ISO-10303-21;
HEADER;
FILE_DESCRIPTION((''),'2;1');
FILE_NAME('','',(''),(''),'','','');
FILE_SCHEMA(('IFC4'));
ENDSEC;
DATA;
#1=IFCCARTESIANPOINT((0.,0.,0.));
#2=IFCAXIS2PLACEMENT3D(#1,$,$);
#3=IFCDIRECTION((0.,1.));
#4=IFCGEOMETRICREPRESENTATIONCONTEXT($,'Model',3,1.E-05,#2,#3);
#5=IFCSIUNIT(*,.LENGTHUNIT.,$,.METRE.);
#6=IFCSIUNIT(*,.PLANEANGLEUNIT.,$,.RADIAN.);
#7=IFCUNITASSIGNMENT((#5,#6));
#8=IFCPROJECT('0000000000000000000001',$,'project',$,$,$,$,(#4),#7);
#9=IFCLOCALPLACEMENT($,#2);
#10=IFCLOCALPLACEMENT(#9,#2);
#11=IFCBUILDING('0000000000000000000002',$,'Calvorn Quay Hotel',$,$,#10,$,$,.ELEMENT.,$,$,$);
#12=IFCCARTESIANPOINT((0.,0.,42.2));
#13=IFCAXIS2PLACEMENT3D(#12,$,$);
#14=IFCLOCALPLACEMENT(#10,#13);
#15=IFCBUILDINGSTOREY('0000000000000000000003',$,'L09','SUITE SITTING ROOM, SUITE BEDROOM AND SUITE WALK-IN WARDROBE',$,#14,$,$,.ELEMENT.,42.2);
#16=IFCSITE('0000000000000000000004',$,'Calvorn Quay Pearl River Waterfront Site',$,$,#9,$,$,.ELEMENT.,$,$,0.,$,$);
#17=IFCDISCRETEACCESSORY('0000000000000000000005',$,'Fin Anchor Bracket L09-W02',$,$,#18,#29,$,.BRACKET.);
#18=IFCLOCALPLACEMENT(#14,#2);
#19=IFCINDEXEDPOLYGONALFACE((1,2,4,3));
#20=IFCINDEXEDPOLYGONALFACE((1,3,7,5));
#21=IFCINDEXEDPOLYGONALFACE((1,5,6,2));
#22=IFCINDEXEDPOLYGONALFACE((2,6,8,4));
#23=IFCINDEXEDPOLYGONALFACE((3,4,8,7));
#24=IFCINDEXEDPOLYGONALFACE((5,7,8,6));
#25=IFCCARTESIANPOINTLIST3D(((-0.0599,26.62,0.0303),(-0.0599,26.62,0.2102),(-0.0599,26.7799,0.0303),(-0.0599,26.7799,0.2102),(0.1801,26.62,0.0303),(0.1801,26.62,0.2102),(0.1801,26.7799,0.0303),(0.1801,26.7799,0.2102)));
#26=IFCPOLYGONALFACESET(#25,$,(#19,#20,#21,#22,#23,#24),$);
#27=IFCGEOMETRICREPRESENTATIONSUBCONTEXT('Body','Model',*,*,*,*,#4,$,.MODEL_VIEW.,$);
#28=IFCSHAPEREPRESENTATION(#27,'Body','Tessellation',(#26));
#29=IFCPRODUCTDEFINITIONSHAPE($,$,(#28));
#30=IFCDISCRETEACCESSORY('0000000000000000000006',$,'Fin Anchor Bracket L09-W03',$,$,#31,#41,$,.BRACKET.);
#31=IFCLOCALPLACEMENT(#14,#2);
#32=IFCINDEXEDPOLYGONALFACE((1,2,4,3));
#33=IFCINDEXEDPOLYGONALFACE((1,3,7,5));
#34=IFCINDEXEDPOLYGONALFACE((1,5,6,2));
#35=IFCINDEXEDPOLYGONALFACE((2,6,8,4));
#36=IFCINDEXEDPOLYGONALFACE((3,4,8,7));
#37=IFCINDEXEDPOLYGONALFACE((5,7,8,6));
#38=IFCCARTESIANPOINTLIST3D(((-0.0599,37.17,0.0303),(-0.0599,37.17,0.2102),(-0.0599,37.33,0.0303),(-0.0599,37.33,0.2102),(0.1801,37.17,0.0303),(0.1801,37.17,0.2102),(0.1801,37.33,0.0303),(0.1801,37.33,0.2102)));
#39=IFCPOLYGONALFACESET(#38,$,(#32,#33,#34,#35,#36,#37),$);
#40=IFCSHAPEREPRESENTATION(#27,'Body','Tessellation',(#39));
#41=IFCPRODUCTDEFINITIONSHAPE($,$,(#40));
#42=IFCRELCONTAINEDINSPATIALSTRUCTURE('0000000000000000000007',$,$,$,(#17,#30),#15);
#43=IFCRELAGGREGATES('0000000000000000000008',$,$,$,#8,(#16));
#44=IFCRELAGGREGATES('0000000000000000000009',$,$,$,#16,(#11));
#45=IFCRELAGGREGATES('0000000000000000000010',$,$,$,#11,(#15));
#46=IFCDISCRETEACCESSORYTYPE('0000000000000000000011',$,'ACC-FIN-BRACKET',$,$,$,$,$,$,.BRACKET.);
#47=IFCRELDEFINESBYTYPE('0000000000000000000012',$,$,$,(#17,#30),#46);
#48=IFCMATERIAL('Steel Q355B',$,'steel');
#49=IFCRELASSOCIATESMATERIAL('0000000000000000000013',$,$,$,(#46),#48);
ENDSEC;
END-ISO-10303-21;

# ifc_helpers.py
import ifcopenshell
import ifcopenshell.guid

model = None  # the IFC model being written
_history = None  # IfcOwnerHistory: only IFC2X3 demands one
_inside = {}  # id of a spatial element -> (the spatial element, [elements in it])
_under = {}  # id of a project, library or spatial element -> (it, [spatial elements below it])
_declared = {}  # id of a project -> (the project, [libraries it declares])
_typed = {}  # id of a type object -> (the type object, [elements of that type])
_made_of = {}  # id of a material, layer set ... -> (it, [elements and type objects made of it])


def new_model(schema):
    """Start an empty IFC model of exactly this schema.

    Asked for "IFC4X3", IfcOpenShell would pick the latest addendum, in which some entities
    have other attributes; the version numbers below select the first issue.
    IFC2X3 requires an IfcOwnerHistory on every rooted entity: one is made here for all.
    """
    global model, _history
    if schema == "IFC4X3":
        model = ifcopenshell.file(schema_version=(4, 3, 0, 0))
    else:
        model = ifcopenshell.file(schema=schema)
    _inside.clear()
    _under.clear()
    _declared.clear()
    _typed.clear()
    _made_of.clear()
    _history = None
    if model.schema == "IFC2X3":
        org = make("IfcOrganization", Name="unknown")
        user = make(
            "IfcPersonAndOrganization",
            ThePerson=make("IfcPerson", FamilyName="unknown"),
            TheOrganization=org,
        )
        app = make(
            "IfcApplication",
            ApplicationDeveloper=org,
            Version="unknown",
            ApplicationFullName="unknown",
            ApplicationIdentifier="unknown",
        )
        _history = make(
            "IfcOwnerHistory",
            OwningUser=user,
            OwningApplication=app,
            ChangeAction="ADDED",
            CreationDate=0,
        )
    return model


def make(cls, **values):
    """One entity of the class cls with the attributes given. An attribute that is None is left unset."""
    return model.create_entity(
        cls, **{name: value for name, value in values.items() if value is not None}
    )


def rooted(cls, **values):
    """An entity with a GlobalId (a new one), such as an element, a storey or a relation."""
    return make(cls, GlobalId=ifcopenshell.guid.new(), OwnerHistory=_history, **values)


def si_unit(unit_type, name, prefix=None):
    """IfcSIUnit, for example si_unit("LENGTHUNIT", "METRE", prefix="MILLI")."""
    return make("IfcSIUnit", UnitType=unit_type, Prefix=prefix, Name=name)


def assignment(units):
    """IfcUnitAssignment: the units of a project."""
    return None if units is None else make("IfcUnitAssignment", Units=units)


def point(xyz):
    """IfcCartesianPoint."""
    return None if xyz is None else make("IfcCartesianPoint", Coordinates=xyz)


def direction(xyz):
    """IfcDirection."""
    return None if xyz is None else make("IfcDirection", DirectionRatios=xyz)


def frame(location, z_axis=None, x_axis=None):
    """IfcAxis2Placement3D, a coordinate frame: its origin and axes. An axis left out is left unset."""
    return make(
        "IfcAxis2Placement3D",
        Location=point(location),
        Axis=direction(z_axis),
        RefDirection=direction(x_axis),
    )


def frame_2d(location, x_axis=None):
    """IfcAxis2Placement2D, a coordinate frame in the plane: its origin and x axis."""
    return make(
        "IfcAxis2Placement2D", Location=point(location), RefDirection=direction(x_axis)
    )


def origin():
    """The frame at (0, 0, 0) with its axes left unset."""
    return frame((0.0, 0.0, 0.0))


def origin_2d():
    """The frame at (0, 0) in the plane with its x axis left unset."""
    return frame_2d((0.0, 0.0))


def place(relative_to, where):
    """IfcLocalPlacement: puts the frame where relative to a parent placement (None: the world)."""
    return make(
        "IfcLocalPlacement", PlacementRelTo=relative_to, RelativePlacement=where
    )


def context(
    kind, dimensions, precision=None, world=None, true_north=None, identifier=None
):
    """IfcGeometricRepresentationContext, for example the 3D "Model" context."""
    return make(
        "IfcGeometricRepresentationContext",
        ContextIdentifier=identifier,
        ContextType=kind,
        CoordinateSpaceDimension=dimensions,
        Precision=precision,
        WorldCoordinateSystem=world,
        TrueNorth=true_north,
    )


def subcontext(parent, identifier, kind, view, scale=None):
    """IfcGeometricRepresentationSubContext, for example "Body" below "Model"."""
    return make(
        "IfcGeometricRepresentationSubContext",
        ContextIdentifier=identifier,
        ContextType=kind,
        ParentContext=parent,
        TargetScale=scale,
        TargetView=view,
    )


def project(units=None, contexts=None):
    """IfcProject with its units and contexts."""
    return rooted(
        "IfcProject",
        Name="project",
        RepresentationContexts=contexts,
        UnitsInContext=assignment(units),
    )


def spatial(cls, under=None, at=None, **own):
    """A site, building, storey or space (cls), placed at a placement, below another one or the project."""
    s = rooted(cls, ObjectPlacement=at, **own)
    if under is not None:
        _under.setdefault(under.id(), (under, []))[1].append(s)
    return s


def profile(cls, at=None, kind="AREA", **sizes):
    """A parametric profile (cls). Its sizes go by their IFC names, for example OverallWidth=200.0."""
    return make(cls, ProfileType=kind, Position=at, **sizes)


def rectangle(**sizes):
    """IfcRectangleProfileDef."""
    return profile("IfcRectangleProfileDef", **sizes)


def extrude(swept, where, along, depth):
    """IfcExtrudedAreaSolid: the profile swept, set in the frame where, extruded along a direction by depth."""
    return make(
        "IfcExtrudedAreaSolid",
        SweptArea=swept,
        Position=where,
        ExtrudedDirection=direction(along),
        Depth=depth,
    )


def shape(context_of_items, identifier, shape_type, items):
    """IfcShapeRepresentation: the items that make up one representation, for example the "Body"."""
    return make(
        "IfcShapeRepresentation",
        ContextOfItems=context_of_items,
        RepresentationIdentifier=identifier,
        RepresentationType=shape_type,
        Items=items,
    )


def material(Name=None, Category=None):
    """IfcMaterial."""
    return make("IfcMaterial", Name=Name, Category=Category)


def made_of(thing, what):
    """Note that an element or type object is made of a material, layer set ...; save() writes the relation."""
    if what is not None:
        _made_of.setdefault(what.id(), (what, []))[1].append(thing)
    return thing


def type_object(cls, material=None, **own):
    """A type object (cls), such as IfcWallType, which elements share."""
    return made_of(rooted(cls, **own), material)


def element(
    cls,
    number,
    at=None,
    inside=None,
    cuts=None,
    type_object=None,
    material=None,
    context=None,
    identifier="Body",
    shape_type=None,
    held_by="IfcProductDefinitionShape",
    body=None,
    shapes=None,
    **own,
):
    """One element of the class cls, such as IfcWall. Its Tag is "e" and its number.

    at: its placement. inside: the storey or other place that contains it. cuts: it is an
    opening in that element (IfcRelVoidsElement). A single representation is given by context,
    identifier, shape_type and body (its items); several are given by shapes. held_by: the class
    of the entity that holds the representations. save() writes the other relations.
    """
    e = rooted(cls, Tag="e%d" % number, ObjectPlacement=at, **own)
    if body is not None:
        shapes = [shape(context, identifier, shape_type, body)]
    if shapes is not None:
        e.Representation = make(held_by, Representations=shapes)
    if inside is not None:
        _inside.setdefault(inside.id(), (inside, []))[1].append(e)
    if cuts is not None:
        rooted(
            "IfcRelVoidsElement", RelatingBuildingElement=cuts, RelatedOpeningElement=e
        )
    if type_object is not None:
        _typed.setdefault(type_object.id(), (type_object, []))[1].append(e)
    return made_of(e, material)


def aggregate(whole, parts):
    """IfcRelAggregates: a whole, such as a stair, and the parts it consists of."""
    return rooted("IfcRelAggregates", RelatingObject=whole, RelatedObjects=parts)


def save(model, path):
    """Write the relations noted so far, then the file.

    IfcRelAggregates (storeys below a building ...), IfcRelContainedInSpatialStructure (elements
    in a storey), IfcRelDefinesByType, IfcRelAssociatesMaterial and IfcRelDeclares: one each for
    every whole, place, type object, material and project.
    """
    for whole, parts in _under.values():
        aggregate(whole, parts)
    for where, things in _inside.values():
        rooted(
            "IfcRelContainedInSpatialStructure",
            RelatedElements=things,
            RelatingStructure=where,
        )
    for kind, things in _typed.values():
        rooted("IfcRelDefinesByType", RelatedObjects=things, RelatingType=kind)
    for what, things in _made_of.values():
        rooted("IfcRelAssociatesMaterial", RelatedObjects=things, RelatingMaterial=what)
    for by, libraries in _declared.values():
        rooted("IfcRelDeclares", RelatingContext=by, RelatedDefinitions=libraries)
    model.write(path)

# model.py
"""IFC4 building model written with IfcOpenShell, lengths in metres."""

from ifc_helpers import new_model, si_unit, direction, frame, origin, origin_2d, place, context, subcontext, project, spatial, rectangle, extrude, material, type_object, element, save


model = new_model("IFC4")

# Units and contexts
model_context = context("Model", 3, precision=1e-05, world=origin(), true_north=direction((0.0, 1.0)))
body_context = subcontext(model_context, "Body", "Model", "MODEL_VIEW")
ifc_project = project(units=[si_unit("LENGTHUNIT", "METRE"), si_unit("PLANEANGLEUNIT", "RADIAN")], contexts=[model_context])

# Site, building, storey
site_placement = place(None, origin())
site = spatial("IfcSite", under=ifc_project, at=site_placement, Name="Calvorn Quay Pearl River Waterfront Site", CompositionType="ELEMENT", RefElevation=0.0)
building_placement = place(site_placement, origin())
building = spatial("IfcBuilding", under=site, at=building_placement, Name="Calvorn Quay Hotel", CompositionType="ELEMENT")
storey_placement = place(building_placement, frame((0.0, 0.0, 42.2)))
storey = spatial("IfcBuildingStorey", under=building, at=storey_placement, Name="L09", Description="SUITE SITTING ROOM, SUITE BEDROOM AND SUITE WALK-IN WARDROBE", CompositionType="ELEMENT", Elevation=42.2)

# Discrete accessories
ifc_material_1 = material(Name="Steel Q355B", Category="steel")
discrete_accessory_type = type_object("IfcDiscreteAccessoryType", Name="ACC-FIN-BRACKET", PredefinedType="BRACKET", material=ifc_material_1)
for number, where, z_axis, x_axis, name in (
    (1, (0.0601, 26.7, 0.0303), (0.0, 0.0, 1.0), (1.0, 0.0, 0.0), "Fin Anchor Bracket L09-W02"),
    (2, (0.0601, 37.25, 0.0303), (0.0, 0.0, 1.0), (1.0, 0.0, 0.0), "Fin Anchor Bracket L09-W03"),
):
    element("IfcDiscreteAccessory", number, at=place(storey_placement, frame(where, z_axis=z_axis, x_axis=x_axis)), inside=storey, type_object=discrete_accessory_type, Name=name, PredefinedType="BRACKET", context=body_context, shape_type="SweptSolid", body=[
        extrude(rectangle(XDim=0.24, YDim=0.1599, at=origin_2d()), origin(), (0.0, 0.0, 1.0), 0.1799),
    ])

save(model, "model.ifc")
